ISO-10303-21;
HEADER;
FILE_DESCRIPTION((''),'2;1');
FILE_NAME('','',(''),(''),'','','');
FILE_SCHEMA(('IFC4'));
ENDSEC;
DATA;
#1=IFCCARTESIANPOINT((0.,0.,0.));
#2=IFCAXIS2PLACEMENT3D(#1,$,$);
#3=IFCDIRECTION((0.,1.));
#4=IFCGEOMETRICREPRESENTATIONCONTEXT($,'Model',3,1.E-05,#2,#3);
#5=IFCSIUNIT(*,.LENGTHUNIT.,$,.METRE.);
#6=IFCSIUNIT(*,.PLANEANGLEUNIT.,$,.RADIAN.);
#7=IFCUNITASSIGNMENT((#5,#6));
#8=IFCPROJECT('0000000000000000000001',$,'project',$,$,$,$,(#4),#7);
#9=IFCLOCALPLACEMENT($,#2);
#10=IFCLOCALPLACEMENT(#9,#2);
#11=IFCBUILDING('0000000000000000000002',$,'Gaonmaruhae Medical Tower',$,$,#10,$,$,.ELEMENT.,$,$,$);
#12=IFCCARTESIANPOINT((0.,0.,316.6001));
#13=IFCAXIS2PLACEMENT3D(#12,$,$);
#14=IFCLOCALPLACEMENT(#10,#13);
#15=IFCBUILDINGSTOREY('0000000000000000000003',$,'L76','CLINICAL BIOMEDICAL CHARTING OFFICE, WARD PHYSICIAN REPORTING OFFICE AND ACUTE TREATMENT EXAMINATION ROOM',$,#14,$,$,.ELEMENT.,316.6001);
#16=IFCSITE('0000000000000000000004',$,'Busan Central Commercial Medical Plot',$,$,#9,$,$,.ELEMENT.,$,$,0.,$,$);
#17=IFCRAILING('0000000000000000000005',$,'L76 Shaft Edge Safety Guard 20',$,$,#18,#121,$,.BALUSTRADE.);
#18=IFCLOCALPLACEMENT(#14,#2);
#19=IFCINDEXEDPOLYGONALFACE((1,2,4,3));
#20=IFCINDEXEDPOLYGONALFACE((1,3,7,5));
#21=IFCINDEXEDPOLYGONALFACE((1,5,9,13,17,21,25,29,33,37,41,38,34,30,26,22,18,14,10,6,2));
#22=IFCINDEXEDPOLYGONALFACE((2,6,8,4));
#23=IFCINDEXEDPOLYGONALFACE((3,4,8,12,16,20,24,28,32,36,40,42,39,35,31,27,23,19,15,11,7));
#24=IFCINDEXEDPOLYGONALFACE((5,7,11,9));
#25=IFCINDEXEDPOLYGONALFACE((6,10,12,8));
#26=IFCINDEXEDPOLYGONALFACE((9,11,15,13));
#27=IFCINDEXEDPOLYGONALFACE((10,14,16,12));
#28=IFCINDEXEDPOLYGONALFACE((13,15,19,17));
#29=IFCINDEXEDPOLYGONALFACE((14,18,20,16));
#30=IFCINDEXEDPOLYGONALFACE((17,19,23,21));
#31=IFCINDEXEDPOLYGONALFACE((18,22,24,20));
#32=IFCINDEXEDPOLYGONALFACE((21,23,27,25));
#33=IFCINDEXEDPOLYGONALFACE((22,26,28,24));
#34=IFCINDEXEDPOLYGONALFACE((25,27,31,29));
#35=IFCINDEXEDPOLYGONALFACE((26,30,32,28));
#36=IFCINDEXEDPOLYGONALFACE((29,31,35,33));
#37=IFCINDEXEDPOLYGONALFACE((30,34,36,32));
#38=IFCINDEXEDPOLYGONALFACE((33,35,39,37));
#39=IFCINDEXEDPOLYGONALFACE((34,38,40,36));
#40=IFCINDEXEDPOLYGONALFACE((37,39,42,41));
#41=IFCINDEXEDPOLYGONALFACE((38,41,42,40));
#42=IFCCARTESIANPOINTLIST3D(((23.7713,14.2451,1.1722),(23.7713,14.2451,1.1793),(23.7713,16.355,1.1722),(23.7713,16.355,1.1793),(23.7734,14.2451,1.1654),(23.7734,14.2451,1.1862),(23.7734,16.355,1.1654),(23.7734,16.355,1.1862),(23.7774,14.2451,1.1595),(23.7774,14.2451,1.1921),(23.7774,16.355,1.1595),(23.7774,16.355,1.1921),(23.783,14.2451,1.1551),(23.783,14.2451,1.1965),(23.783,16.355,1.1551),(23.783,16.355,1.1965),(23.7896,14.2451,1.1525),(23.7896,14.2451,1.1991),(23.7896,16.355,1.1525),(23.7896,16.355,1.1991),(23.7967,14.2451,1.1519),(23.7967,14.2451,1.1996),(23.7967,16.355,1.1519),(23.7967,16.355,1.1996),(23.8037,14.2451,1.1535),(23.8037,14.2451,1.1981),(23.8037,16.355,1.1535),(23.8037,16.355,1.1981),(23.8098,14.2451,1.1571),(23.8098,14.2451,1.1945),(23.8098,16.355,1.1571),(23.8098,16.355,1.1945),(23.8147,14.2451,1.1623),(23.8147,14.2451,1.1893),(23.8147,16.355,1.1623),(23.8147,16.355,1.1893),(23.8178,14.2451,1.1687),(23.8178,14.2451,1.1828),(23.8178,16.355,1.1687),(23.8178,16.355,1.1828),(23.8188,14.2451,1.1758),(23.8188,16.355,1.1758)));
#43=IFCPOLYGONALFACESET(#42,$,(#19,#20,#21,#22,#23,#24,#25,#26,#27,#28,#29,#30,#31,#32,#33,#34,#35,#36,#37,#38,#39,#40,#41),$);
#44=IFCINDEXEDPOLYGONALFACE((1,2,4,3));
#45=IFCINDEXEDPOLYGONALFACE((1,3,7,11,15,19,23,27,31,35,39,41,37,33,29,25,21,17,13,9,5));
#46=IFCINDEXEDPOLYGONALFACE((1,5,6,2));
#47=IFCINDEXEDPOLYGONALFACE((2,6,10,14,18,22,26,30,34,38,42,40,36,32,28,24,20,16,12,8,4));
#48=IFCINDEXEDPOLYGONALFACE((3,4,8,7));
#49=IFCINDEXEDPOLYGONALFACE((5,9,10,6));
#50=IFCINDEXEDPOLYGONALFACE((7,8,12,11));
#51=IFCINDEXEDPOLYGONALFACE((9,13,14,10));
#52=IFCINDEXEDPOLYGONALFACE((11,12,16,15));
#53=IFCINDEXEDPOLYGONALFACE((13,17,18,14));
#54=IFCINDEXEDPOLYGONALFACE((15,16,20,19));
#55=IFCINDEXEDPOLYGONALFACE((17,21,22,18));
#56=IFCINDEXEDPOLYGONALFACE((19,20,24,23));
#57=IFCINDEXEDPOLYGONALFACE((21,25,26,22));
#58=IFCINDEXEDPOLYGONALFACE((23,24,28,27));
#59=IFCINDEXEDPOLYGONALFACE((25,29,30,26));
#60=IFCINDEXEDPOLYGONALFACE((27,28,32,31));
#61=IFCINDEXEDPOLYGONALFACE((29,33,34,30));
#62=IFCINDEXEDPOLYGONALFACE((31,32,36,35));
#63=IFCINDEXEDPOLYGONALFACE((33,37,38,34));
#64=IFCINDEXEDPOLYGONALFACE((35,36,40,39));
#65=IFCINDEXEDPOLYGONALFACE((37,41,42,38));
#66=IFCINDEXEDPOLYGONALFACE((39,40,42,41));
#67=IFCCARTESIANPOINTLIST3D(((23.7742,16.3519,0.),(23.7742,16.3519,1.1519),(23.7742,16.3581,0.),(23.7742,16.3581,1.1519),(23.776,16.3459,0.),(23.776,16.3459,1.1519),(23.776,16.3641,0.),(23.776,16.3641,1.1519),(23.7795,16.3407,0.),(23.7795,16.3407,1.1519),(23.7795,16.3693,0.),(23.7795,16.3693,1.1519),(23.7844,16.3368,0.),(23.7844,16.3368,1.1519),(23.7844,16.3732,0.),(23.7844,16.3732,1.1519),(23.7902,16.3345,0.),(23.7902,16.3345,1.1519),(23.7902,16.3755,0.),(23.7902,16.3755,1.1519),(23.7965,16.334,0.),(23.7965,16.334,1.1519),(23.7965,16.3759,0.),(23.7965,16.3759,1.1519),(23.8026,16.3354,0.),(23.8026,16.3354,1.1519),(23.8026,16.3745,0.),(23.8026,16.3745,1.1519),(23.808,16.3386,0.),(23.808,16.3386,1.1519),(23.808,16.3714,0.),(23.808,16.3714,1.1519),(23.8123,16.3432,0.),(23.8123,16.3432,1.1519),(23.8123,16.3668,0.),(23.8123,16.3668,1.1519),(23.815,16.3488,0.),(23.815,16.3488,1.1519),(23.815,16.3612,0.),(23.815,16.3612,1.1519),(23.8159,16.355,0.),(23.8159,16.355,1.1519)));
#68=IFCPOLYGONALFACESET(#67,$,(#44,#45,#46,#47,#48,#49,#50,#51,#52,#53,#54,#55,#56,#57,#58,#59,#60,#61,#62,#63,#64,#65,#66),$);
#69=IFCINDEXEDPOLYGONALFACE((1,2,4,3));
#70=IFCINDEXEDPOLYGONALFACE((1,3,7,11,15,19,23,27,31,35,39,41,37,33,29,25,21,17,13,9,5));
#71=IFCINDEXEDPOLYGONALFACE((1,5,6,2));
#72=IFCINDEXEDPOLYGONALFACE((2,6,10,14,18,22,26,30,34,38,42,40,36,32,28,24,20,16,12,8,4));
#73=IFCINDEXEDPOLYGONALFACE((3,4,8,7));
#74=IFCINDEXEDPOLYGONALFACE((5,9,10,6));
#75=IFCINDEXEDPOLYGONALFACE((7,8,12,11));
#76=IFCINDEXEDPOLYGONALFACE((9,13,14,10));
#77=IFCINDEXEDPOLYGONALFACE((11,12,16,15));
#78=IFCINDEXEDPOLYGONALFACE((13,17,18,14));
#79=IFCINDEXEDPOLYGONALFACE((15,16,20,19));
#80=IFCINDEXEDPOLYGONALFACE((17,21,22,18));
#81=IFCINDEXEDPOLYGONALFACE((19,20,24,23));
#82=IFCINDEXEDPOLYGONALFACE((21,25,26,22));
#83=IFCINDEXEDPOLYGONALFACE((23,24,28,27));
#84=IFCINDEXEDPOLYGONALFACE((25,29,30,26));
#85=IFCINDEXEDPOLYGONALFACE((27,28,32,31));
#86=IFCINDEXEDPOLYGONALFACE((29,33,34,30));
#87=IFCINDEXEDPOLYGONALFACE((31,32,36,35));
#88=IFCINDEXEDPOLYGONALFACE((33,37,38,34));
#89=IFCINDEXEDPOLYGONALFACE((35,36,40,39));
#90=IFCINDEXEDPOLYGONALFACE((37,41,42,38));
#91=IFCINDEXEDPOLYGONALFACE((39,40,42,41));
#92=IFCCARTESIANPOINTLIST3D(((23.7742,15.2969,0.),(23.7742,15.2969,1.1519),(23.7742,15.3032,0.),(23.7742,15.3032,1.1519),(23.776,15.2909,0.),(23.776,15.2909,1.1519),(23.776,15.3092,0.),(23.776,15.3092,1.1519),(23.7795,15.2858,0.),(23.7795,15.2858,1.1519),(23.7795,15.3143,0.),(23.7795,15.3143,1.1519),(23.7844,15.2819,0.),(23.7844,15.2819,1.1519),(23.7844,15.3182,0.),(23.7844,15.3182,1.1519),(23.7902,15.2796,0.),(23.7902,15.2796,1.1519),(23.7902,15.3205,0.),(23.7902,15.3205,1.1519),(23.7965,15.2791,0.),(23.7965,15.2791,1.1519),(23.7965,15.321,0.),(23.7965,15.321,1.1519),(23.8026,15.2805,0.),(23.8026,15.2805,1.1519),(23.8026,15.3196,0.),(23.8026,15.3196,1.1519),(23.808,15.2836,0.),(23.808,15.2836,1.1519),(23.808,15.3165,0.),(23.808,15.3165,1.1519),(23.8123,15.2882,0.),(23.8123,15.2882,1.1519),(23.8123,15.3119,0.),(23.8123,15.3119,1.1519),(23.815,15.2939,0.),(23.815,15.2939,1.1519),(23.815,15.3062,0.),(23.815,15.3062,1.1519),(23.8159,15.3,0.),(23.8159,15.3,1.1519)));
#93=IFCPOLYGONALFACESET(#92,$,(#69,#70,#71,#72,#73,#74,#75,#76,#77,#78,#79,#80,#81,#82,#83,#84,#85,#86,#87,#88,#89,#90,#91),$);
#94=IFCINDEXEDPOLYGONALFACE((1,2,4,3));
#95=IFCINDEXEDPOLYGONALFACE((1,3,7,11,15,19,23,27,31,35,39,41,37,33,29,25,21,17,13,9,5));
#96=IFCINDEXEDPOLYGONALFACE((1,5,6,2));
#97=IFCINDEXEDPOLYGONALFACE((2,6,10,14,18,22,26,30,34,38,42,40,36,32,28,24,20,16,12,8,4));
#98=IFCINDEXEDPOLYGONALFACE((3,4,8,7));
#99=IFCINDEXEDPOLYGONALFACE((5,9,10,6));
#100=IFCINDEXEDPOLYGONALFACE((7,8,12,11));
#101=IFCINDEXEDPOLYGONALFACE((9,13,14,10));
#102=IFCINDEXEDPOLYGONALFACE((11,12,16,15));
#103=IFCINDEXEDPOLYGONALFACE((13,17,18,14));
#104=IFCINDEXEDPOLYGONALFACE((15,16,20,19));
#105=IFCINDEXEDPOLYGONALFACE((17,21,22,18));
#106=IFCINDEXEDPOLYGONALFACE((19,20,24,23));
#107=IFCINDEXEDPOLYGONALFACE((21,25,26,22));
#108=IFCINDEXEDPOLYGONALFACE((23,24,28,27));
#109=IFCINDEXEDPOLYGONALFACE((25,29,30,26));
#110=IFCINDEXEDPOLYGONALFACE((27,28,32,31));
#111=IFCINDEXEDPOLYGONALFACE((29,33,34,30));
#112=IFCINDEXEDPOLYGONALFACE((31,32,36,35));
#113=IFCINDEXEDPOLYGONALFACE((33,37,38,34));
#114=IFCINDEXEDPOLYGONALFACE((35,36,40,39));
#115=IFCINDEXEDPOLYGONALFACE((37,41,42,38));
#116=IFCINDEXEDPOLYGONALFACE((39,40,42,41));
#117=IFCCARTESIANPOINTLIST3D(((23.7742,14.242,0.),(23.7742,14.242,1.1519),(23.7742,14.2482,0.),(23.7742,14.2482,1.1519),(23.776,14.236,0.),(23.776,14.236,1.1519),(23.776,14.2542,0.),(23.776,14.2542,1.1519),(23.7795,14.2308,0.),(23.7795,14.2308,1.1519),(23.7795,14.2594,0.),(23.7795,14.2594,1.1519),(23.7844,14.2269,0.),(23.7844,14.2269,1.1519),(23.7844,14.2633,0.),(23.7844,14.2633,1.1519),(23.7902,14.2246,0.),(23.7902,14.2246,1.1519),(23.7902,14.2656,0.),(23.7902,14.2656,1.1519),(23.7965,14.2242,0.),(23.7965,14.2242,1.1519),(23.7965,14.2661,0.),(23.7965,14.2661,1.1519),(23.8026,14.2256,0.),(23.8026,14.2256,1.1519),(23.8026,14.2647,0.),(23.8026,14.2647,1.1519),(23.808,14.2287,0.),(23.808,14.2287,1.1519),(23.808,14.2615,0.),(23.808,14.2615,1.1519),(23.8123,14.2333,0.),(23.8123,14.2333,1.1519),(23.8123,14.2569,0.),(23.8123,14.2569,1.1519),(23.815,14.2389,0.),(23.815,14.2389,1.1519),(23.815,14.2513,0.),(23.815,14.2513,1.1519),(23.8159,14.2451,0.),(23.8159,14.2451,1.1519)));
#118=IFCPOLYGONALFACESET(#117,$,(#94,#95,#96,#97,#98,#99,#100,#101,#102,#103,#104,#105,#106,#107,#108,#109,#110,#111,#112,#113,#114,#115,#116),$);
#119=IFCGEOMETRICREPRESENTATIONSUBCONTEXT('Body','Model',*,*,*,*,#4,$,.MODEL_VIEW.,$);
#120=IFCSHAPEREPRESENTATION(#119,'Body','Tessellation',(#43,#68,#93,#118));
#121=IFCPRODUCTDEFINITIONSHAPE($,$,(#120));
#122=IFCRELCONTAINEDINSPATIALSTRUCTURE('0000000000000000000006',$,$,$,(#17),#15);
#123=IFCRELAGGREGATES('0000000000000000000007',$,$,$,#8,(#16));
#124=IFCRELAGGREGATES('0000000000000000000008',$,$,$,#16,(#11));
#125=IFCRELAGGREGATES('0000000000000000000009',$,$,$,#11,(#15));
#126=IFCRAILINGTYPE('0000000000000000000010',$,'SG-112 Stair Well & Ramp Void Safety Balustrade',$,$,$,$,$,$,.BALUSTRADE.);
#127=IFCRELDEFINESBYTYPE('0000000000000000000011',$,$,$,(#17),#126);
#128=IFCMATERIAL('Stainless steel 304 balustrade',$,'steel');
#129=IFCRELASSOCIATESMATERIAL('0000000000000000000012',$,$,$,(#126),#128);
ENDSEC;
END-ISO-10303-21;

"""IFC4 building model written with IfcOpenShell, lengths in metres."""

from ifc_helpers import new_model, si_unit, direction, frame, origin, origin_2d, place, context, subcontext, project, spatial, circle, extrude, material, type_object, element, save


model = new_model("IFC4")

# Units and contexts
model_context = context("Model", 3, precision=1e-05, world=origin(), true_north=direction((0.0, 1.0)))
body_context = subcontext(model_context, "Body", "Model", "MODEL_VIEW")
ifc_project = project(units=[si_unit("LENGTHUNIT", "METRE"), si_unit("PLANEANGLEUNIT", "RADIAN")], contexts=[model_context])

# Site, building, storey
site_placement = place(None, origin())
site = spatial("IfcSite", under=ifc_project, at=site_placement, Name="Busan Central Commercial Medical Plot", CompositionType="ELEMENT", RefElevation=0.0)
building_placement = place(site_placement, origin())
building = spatial("IfcBuilding", under=site, at=building_placement, Name="Gaonmaruhae Medical Tower", CompositionType="ELEMENT")
storey_placement = place(building_placement, frame((0.0, 0.0, 316.6001)))
storey = spatial("IfcBuildingStorey", under=building, at=storey_placement, Name="L76", Description="CLINICAL BIOMEDICAL CHARTING OFFICE, WARD PHYSICIAN REPORTING OFFICE AND ACUTE TREATMENT EXAMINATION ROOM", CompositionType="ELEMENT", Elevation=316.6001)

# Railing
ifc_material_1 = material(Name="Stainless steel 304 balustrade", Category="steel")
railing_type_1 = type_object("IfcRailingType", Name="SG-112 Stair Well & Ramp Void Safety Balustrade", PredefinedType="BALUSTRADE", material=ifc_material_1)
railing_1_placement = place(storey_placement, frame((23.7949, 16.355, 0.0)))
element("IfcRailing", 1, at=railing_1_placement, inside=storey, type_object=railing_type_1, Name="L76 Shaft Edge Safety Guard 20", PredefinedType="BALUSTRADE", context=body_context, shape_type="SweptSolid", body=[
    extrude(circle(Radius=0.0239, at=origin_2d()), frame((0.0, 0.0, 1.1758), z_axis=(0.0, -1.0, 0.0), x_axis=(1.0, 0.0, 0.0)), (0.0, 0.0, 1.0), 2.1099),
    extrude(circle(Radius=0.021, at=origin_2d()), origin(), (0.0, 0.0, 1.0), 1.1519),
    extrude(circle(Radius=0.021, at=origin_2d()), frame((0.0, -1.0549, 0.0)), (0.0, 0.0, 1.0), 1.1519),
    extrude(circle(Radius=0.021, at=origin_2d()), frame((0.0, -2.1099, 0.0)), (0.0, 0.0, 1.0), 1.1519),
])

save(model, "model.ifc")
